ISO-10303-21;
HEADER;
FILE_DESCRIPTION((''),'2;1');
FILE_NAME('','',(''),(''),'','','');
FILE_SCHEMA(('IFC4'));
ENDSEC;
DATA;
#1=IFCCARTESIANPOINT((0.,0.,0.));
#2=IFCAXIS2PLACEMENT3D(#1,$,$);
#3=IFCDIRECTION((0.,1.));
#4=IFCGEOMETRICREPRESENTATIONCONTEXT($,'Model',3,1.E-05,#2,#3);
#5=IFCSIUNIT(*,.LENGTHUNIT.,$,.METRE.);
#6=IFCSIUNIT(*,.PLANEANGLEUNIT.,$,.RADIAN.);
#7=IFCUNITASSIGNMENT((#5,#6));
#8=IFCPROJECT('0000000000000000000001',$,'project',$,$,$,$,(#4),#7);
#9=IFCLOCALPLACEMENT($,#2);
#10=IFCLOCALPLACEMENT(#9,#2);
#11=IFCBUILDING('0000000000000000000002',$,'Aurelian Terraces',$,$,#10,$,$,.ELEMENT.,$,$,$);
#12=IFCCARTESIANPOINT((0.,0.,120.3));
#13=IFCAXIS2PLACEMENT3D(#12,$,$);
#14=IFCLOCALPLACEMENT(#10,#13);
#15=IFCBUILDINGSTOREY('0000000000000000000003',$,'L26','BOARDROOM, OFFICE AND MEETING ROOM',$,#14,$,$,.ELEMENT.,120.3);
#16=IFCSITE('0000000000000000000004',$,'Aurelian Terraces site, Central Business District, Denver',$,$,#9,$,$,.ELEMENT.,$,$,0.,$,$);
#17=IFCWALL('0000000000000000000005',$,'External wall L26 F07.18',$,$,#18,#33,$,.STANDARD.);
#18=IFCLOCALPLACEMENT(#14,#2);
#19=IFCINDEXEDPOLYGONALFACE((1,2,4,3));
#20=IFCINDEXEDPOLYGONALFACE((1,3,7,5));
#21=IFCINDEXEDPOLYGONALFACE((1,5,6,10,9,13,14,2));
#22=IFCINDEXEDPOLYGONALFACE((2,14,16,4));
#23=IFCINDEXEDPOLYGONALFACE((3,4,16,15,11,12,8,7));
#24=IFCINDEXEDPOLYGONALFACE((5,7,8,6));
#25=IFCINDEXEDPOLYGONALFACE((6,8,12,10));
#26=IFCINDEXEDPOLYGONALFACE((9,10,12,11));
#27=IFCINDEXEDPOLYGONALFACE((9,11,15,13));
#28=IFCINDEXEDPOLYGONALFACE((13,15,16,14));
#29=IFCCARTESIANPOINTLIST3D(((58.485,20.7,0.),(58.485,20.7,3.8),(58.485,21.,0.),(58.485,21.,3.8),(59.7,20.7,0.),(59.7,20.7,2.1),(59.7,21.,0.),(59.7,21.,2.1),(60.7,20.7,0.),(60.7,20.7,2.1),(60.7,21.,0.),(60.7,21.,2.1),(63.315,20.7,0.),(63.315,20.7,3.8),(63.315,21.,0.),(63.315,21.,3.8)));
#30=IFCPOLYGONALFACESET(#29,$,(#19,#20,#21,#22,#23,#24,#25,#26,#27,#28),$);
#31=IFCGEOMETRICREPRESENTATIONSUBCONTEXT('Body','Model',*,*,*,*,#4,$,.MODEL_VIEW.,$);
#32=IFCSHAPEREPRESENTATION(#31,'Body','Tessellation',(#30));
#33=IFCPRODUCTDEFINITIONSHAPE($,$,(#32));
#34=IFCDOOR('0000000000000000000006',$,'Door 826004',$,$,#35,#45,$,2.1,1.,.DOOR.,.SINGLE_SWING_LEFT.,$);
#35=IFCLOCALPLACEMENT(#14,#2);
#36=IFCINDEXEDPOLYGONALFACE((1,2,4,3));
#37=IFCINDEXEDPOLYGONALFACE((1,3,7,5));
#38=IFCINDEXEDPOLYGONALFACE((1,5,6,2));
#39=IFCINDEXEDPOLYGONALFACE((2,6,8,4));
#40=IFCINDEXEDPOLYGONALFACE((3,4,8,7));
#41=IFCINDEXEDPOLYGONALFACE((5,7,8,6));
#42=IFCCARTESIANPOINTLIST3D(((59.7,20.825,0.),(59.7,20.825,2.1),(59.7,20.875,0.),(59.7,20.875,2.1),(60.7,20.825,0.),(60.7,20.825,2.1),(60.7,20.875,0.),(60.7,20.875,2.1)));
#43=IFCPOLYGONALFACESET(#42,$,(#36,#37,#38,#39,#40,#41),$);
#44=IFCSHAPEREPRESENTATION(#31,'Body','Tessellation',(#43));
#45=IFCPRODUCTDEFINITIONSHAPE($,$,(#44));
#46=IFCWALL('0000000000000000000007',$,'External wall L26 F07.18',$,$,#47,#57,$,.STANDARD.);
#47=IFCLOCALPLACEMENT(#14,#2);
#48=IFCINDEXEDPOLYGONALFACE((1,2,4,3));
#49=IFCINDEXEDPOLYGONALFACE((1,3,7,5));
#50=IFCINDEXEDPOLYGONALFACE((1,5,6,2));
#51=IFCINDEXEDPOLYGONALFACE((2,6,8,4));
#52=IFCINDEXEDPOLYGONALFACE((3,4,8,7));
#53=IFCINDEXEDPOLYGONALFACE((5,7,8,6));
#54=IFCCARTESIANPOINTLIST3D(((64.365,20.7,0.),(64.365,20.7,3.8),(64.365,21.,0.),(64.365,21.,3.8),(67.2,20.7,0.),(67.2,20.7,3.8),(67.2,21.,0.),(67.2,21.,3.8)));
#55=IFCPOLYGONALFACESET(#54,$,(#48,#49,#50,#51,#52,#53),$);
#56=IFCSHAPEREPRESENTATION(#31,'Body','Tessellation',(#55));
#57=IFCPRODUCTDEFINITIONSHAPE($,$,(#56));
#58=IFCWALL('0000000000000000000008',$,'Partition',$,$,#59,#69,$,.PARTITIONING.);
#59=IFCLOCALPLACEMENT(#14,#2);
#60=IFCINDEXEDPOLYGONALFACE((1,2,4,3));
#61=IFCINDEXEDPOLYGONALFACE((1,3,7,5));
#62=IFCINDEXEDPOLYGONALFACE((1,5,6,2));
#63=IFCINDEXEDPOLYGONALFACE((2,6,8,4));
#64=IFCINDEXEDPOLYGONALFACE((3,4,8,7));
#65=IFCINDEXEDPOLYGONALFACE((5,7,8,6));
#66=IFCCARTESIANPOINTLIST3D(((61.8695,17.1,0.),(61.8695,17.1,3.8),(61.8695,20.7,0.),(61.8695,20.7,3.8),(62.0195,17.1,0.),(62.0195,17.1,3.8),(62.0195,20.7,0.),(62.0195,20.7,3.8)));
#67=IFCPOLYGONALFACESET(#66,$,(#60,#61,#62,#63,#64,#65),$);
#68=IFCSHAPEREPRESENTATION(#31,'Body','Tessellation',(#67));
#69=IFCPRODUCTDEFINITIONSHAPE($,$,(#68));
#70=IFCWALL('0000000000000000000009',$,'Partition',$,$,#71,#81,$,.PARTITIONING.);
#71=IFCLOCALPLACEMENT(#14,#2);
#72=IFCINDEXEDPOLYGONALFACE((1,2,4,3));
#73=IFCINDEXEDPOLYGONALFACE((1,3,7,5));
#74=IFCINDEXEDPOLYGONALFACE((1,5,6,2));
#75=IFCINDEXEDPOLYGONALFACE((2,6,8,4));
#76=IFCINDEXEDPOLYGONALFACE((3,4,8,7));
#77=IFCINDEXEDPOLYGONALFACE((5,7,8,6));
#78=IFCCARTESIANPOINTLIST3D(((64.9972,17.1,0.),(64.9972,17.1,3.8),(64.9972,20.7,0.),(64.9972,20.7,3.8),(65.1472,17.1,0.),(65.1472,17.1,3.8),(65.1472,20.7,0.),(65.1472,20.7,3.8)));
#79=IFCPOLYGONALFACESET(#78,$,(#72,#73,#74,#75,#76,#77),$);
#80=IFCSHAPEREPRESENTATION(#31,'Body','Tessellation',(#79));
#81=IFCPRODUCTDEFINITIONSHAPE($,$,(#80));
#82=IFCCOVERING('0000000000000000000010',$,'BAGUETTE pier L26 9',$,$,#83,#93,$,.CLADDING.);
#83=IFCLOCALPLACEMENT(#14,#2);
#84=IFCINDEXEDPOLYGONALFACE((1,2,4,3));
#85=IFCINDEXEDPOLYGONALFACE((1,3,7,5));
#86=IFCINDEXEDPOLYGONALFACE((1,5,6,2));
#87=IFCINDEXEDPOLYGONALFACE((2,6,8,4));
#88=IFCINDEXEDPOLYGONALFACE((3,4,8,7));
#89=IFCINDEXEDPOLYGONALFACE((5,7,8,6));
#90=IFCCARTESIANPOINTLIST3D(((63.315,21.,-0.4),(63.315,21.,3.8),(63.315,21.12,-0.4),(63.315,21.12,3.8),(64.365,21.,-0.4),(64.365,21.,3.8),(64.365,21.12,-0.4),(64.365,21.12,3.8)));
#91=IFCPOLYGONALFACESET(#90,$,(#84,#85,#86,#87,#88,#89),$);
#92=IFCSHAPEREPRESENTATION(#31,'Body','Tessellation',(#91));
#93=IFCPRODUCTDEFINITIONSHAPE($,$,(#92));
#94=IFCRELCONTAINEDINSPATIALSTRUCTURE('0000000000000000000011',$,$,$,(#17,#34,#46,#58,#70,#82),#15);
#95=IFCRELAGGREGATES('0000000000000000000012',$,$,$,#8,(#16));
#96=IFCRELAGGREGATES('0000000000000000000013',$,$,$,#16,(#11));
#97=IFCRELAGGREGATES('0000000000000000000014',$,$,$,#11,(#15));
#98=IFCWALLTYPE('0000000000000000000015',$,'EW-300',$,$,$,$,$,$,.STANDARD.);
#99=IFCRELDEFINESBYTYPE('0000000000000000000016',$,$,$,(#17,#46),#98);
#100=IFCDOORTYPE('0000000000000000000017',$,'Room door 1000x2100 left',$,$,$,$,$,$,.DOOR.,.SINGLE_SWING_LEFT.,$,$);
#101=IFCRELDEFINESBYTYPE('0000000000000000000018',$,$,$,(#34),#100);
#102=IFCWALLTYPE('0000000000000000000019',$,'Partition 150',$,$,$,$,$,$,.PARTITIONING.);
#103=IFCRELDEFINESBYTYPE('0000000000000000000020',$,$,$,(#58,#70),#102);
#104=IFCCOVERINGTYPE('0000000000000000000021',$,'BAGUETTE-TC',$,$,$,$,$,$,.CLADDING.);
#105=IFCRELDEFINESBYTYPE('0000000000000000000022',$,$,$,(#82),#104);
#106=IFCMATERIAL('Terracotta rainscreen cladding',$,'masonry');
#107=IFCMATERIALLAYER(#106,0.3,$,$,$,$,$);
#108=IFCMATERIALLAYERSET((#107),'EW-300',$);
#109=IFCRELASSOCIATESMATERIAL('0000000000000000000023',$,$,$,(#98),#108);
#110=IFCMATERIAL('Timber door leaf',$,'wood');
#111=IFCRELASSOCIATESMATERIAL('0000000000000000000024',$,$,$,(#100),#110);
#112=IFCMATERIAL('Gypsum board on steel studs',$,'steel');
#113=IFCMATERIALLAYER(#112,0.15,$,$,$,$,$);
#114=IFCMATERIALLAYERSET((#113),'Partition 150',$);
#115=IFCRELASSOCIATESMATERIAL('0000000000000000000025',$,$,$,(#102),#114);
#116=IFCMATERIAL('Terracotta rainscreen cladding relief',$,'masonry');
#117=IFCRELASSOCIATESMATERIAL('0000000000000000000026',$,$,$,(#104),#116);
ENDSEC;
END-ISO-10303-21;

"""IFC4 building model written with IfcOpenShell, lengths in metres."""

from ifc_helpers import new_model, si_unit, direction, frame, frame_2d, origin, origin_2d, place, context, subcontext, project, spatial, rectangle, extrude, source, transform, mapped, material, layer, layer_set, type_object, element, fill, save


model = new_model("IFC4")

# Units and contexts
model_context = context("Model", 3, precision=1e-05, world=origin(), true_north=direction((0.0, 1.0)))
body_context = subcontext(model_context, "Body", "Model", "MODEL_VIEW")
ifc_project = project(units=[si_unit("LENGTHUNIT", "METRE"), si_unit("PLANEANGLEUNIT", "RADIAN")], contexts=[model_context])

# Site, building, storey
site_placement = place(None, origin())
site = spatial("IfcSite", under=ifc_project, at=site_placement, Name="Aurelian Terraces site, Central Business District, Denver", CompositionType="ELEMENT", RefElevation=0.0)
building_placement = place(site_placement, origin())
building = spatial("IfcBuilding", under=site, at=building_placement, Name="Aurelian Terraces", CompositionType="ELEMENT")
storey_placement = place(building_placement, frame((0.0, 0.0, 120.3)))
storey = spatial("IfcBuildingStorey", under=building, at=storey_placement, Name="L26", Description="BOARDROOM, OFFICE AND MEETING ROOM", CompositionType="ELEMENT", Elevation=120.3)

# Wall, opening, door
ifc_material_1 = material(Name="Terracotta rainscreen cladding", Category="masonry")
ifc_layer_1 = layer(ifc_material_1, 0.3)
ifc_layer_set_1 = layer_set([ifc_layer_1], Name="EW-300")
wall_type_1 = type_object("IfcWallType", Name="EW-300", PredefinedType="STANDARD", material=ifc_layer_set_1)
shared_shape_1 = source(origin(), body_context, "Body", "SweptSolid", [
    extrude(rectangle(XDim=4.83, YDim=0.3, at=frame_2d((2.415, 0.0))), origin(), (0.0, 0.0, 1.0), 3.8),
])
wall_1_placement = place(storey_placement, frame((63.315, 20.85, 0.0), z_axis=(0.0, 0.0, 1.0), x_axis=(-1.0, 0.0, 0.0)))
wall_1 = element("IfcWall", 1, at=wall_1_placement, inside=storey, type_object=wall_type_1, Name="External wall L26 F07.18", PredefinedType="STANDARD", context=body_context, shape_type="MappedRepresentation", body=[
    mapped(shared_shape_1, transform((0.0, 0.0, 0.0), scale=1.0)),
])
shared_shape_2 = source(origin(), body_context, "Body", "SweptSolid", [
    extrude(rectangle(XDim=1.0, YDim=2.1, at=frame_2d((0.5, 1.05))), frame((0.0, 0.16, 0.0), z_axis=(0.0, -1.0, 0.0), x_axis=(1.0, 0.0, 0.0)), (0.0, 0.0, 1.0), 0.32),
])
opening_1_placement = place(wall_1_placement, frame((2.615, 0.0, 0.0)))
opening_1 = element("IfcOpeningElement", 2, at=opening_1_placement, cuts=wall_1, PredefinedType="OPENING", context=body_context, shape_type="MappedRepresentation", body=[
    mapped(shared_shape_2, transform((0.0, 0.0, 0.0), scale=1.0)),
])
ifc_material_2 = material(Name="Timber door leaf", Category="wood")
door_type = type_object("IfcDoorType", Name="Room door 1000x2100 left", OperationType="SINGLE_SWING_LEFT", PredefinedType="DOOR", material=ifc_material_2)
shared_shape_3 = source(origin(), body_context, "Body", "SweptSolid", [
    extrude(rectangle(XDim=1.0, YDim=2.1, at=frame_2d((0.5, 1.05))), frame((0.0, 0.025, 0.0), z_axis=(0.0, -1.0, 0.0), x_axis=(1.0, 0.0, 0.0)), (0.0, 0.0, 1.0), 0.05),
])
door_placement = place(opening_1_placement, origin())
door = element("IfcDoor", 3, at=door_placement, inside=storey, type_object=door_type, Name="Door 826004", OperationType="SINGLE_SWING_LEFT", OverallHeight=2.1, OverallWidth=1.0, PredefinedType="DOOR", context=body_context, shape_type="MappedRepresentation", body=[
    mapped(shared_shape_3, transform((0.0, 0.0, 0.0), scale=1.0)),
])
fill(opening_1, door)

# Walls
shared_shape_4 = source(origin(), body_context, "Body", "SweptSolid", [
    extrude(rectangle(XDim=2.835, YDim=0.3, at=frame_2d((1.4175, 0.0))), origin(), (0.0, 0.0, 1.0), 3.8),
])
wall_2_placement = place(storey_placement, frame((67.2, 20.85, 0.0), z_axis=(0.0, 0.0, 1.0), x_axis=(-1.0, 0.0, 0.0)))
element("IfcWall", 4, at=wall_2_placement, inside=storey, type_object=wall_type_1, Name="External wall L26 F07.18", PredefinedType="STANDARD", context=body_context, shape_type="MappedRepresentation", body=[
    mapped(shared_shape_4, transform((0.0, 0.0, 0.0), scale=1.0)),
])
ifc_material_3 = material(Name="Gypsum board on steel studs", Category="steel")
ifc_layer_2 = layer(ifc_material_3, 0.15)
ifc_layer_set_2 = layer_set([ifc_layer_2], Name="Partition 150")
wall_type_2 = type_object("IfcWallType", Name="Partition 150", PredefinedType="PARTITIONING", material=ifc_layer_set_2)
shared_shape_5 = source(origin(), body_context, "Body", "SweptSolid", [
    extrude(rectangle(XDim=3.6, YDim=0.15, at=frame_2d((1.8, 0.0))), origin(), (0.0, 0.0, 1.0), 3.8),
])
for number, where, z_axis, x_axis, name in (
    (5, (61.9445, 20.7, 0.0), (0.0, 0.0, 1.0), (0.0, -1.0, 0.0), "Partition"),
    (6, (65.0722, 20.7, 0.0), (0.0, 0.0, 1.0), (0.0, -1.0, 0.0), "Partition"),
):
    element("IfcWall", number, at=place(storey_placement, frame(where, z_axis=z_axis, x_axis=x_axis)), inside=storey, type_object=wall_type_2, Name=name, PredefinedType="PARTITIONING", context=body_context, shape_type="MappedRepresentation", body=[
        mapped(shared_shape_5, transform((0.0, 0.0, 0.0), scale=1.0)),
    ])

# Covering
ifc_material_4 = material(Name="Terracotta rainscreen cladding relief", Category="masonry")
covering_type = type_object("IfcCoveringType", Name="BAGUETTE-TC", PredefinedType="CLADDING", material=ifc_material_4)
shared_shape_6 = source(origin(), body_context, "Body", "SweptSolid", [
    extrude(rectangle(XDim=1.05, YDim=0.12, at=origin_2d()), origin(), (0.0, 0.0, 1.0), 4.2),
])
covering_placement = place(storey_placement, frame((63.84, 21.06, -0.4), z_axis=(0.0, 0.0, 1.0), x_axis=(1.0, 0.0, 0.0)))
element("IfcCovering", 7, at=covering_placement, inside=storey, type_object=covering_type, Name="BAGUETTE pier L26 9", PredefinedType="CLADDING", context=body_context, shape_type="MappedRepresentation", body=[
    mapped(shared_shape_6, transform((0.0, 0.0, 0.0), scale=1.0)),
])

save(model, "model.ifc")
